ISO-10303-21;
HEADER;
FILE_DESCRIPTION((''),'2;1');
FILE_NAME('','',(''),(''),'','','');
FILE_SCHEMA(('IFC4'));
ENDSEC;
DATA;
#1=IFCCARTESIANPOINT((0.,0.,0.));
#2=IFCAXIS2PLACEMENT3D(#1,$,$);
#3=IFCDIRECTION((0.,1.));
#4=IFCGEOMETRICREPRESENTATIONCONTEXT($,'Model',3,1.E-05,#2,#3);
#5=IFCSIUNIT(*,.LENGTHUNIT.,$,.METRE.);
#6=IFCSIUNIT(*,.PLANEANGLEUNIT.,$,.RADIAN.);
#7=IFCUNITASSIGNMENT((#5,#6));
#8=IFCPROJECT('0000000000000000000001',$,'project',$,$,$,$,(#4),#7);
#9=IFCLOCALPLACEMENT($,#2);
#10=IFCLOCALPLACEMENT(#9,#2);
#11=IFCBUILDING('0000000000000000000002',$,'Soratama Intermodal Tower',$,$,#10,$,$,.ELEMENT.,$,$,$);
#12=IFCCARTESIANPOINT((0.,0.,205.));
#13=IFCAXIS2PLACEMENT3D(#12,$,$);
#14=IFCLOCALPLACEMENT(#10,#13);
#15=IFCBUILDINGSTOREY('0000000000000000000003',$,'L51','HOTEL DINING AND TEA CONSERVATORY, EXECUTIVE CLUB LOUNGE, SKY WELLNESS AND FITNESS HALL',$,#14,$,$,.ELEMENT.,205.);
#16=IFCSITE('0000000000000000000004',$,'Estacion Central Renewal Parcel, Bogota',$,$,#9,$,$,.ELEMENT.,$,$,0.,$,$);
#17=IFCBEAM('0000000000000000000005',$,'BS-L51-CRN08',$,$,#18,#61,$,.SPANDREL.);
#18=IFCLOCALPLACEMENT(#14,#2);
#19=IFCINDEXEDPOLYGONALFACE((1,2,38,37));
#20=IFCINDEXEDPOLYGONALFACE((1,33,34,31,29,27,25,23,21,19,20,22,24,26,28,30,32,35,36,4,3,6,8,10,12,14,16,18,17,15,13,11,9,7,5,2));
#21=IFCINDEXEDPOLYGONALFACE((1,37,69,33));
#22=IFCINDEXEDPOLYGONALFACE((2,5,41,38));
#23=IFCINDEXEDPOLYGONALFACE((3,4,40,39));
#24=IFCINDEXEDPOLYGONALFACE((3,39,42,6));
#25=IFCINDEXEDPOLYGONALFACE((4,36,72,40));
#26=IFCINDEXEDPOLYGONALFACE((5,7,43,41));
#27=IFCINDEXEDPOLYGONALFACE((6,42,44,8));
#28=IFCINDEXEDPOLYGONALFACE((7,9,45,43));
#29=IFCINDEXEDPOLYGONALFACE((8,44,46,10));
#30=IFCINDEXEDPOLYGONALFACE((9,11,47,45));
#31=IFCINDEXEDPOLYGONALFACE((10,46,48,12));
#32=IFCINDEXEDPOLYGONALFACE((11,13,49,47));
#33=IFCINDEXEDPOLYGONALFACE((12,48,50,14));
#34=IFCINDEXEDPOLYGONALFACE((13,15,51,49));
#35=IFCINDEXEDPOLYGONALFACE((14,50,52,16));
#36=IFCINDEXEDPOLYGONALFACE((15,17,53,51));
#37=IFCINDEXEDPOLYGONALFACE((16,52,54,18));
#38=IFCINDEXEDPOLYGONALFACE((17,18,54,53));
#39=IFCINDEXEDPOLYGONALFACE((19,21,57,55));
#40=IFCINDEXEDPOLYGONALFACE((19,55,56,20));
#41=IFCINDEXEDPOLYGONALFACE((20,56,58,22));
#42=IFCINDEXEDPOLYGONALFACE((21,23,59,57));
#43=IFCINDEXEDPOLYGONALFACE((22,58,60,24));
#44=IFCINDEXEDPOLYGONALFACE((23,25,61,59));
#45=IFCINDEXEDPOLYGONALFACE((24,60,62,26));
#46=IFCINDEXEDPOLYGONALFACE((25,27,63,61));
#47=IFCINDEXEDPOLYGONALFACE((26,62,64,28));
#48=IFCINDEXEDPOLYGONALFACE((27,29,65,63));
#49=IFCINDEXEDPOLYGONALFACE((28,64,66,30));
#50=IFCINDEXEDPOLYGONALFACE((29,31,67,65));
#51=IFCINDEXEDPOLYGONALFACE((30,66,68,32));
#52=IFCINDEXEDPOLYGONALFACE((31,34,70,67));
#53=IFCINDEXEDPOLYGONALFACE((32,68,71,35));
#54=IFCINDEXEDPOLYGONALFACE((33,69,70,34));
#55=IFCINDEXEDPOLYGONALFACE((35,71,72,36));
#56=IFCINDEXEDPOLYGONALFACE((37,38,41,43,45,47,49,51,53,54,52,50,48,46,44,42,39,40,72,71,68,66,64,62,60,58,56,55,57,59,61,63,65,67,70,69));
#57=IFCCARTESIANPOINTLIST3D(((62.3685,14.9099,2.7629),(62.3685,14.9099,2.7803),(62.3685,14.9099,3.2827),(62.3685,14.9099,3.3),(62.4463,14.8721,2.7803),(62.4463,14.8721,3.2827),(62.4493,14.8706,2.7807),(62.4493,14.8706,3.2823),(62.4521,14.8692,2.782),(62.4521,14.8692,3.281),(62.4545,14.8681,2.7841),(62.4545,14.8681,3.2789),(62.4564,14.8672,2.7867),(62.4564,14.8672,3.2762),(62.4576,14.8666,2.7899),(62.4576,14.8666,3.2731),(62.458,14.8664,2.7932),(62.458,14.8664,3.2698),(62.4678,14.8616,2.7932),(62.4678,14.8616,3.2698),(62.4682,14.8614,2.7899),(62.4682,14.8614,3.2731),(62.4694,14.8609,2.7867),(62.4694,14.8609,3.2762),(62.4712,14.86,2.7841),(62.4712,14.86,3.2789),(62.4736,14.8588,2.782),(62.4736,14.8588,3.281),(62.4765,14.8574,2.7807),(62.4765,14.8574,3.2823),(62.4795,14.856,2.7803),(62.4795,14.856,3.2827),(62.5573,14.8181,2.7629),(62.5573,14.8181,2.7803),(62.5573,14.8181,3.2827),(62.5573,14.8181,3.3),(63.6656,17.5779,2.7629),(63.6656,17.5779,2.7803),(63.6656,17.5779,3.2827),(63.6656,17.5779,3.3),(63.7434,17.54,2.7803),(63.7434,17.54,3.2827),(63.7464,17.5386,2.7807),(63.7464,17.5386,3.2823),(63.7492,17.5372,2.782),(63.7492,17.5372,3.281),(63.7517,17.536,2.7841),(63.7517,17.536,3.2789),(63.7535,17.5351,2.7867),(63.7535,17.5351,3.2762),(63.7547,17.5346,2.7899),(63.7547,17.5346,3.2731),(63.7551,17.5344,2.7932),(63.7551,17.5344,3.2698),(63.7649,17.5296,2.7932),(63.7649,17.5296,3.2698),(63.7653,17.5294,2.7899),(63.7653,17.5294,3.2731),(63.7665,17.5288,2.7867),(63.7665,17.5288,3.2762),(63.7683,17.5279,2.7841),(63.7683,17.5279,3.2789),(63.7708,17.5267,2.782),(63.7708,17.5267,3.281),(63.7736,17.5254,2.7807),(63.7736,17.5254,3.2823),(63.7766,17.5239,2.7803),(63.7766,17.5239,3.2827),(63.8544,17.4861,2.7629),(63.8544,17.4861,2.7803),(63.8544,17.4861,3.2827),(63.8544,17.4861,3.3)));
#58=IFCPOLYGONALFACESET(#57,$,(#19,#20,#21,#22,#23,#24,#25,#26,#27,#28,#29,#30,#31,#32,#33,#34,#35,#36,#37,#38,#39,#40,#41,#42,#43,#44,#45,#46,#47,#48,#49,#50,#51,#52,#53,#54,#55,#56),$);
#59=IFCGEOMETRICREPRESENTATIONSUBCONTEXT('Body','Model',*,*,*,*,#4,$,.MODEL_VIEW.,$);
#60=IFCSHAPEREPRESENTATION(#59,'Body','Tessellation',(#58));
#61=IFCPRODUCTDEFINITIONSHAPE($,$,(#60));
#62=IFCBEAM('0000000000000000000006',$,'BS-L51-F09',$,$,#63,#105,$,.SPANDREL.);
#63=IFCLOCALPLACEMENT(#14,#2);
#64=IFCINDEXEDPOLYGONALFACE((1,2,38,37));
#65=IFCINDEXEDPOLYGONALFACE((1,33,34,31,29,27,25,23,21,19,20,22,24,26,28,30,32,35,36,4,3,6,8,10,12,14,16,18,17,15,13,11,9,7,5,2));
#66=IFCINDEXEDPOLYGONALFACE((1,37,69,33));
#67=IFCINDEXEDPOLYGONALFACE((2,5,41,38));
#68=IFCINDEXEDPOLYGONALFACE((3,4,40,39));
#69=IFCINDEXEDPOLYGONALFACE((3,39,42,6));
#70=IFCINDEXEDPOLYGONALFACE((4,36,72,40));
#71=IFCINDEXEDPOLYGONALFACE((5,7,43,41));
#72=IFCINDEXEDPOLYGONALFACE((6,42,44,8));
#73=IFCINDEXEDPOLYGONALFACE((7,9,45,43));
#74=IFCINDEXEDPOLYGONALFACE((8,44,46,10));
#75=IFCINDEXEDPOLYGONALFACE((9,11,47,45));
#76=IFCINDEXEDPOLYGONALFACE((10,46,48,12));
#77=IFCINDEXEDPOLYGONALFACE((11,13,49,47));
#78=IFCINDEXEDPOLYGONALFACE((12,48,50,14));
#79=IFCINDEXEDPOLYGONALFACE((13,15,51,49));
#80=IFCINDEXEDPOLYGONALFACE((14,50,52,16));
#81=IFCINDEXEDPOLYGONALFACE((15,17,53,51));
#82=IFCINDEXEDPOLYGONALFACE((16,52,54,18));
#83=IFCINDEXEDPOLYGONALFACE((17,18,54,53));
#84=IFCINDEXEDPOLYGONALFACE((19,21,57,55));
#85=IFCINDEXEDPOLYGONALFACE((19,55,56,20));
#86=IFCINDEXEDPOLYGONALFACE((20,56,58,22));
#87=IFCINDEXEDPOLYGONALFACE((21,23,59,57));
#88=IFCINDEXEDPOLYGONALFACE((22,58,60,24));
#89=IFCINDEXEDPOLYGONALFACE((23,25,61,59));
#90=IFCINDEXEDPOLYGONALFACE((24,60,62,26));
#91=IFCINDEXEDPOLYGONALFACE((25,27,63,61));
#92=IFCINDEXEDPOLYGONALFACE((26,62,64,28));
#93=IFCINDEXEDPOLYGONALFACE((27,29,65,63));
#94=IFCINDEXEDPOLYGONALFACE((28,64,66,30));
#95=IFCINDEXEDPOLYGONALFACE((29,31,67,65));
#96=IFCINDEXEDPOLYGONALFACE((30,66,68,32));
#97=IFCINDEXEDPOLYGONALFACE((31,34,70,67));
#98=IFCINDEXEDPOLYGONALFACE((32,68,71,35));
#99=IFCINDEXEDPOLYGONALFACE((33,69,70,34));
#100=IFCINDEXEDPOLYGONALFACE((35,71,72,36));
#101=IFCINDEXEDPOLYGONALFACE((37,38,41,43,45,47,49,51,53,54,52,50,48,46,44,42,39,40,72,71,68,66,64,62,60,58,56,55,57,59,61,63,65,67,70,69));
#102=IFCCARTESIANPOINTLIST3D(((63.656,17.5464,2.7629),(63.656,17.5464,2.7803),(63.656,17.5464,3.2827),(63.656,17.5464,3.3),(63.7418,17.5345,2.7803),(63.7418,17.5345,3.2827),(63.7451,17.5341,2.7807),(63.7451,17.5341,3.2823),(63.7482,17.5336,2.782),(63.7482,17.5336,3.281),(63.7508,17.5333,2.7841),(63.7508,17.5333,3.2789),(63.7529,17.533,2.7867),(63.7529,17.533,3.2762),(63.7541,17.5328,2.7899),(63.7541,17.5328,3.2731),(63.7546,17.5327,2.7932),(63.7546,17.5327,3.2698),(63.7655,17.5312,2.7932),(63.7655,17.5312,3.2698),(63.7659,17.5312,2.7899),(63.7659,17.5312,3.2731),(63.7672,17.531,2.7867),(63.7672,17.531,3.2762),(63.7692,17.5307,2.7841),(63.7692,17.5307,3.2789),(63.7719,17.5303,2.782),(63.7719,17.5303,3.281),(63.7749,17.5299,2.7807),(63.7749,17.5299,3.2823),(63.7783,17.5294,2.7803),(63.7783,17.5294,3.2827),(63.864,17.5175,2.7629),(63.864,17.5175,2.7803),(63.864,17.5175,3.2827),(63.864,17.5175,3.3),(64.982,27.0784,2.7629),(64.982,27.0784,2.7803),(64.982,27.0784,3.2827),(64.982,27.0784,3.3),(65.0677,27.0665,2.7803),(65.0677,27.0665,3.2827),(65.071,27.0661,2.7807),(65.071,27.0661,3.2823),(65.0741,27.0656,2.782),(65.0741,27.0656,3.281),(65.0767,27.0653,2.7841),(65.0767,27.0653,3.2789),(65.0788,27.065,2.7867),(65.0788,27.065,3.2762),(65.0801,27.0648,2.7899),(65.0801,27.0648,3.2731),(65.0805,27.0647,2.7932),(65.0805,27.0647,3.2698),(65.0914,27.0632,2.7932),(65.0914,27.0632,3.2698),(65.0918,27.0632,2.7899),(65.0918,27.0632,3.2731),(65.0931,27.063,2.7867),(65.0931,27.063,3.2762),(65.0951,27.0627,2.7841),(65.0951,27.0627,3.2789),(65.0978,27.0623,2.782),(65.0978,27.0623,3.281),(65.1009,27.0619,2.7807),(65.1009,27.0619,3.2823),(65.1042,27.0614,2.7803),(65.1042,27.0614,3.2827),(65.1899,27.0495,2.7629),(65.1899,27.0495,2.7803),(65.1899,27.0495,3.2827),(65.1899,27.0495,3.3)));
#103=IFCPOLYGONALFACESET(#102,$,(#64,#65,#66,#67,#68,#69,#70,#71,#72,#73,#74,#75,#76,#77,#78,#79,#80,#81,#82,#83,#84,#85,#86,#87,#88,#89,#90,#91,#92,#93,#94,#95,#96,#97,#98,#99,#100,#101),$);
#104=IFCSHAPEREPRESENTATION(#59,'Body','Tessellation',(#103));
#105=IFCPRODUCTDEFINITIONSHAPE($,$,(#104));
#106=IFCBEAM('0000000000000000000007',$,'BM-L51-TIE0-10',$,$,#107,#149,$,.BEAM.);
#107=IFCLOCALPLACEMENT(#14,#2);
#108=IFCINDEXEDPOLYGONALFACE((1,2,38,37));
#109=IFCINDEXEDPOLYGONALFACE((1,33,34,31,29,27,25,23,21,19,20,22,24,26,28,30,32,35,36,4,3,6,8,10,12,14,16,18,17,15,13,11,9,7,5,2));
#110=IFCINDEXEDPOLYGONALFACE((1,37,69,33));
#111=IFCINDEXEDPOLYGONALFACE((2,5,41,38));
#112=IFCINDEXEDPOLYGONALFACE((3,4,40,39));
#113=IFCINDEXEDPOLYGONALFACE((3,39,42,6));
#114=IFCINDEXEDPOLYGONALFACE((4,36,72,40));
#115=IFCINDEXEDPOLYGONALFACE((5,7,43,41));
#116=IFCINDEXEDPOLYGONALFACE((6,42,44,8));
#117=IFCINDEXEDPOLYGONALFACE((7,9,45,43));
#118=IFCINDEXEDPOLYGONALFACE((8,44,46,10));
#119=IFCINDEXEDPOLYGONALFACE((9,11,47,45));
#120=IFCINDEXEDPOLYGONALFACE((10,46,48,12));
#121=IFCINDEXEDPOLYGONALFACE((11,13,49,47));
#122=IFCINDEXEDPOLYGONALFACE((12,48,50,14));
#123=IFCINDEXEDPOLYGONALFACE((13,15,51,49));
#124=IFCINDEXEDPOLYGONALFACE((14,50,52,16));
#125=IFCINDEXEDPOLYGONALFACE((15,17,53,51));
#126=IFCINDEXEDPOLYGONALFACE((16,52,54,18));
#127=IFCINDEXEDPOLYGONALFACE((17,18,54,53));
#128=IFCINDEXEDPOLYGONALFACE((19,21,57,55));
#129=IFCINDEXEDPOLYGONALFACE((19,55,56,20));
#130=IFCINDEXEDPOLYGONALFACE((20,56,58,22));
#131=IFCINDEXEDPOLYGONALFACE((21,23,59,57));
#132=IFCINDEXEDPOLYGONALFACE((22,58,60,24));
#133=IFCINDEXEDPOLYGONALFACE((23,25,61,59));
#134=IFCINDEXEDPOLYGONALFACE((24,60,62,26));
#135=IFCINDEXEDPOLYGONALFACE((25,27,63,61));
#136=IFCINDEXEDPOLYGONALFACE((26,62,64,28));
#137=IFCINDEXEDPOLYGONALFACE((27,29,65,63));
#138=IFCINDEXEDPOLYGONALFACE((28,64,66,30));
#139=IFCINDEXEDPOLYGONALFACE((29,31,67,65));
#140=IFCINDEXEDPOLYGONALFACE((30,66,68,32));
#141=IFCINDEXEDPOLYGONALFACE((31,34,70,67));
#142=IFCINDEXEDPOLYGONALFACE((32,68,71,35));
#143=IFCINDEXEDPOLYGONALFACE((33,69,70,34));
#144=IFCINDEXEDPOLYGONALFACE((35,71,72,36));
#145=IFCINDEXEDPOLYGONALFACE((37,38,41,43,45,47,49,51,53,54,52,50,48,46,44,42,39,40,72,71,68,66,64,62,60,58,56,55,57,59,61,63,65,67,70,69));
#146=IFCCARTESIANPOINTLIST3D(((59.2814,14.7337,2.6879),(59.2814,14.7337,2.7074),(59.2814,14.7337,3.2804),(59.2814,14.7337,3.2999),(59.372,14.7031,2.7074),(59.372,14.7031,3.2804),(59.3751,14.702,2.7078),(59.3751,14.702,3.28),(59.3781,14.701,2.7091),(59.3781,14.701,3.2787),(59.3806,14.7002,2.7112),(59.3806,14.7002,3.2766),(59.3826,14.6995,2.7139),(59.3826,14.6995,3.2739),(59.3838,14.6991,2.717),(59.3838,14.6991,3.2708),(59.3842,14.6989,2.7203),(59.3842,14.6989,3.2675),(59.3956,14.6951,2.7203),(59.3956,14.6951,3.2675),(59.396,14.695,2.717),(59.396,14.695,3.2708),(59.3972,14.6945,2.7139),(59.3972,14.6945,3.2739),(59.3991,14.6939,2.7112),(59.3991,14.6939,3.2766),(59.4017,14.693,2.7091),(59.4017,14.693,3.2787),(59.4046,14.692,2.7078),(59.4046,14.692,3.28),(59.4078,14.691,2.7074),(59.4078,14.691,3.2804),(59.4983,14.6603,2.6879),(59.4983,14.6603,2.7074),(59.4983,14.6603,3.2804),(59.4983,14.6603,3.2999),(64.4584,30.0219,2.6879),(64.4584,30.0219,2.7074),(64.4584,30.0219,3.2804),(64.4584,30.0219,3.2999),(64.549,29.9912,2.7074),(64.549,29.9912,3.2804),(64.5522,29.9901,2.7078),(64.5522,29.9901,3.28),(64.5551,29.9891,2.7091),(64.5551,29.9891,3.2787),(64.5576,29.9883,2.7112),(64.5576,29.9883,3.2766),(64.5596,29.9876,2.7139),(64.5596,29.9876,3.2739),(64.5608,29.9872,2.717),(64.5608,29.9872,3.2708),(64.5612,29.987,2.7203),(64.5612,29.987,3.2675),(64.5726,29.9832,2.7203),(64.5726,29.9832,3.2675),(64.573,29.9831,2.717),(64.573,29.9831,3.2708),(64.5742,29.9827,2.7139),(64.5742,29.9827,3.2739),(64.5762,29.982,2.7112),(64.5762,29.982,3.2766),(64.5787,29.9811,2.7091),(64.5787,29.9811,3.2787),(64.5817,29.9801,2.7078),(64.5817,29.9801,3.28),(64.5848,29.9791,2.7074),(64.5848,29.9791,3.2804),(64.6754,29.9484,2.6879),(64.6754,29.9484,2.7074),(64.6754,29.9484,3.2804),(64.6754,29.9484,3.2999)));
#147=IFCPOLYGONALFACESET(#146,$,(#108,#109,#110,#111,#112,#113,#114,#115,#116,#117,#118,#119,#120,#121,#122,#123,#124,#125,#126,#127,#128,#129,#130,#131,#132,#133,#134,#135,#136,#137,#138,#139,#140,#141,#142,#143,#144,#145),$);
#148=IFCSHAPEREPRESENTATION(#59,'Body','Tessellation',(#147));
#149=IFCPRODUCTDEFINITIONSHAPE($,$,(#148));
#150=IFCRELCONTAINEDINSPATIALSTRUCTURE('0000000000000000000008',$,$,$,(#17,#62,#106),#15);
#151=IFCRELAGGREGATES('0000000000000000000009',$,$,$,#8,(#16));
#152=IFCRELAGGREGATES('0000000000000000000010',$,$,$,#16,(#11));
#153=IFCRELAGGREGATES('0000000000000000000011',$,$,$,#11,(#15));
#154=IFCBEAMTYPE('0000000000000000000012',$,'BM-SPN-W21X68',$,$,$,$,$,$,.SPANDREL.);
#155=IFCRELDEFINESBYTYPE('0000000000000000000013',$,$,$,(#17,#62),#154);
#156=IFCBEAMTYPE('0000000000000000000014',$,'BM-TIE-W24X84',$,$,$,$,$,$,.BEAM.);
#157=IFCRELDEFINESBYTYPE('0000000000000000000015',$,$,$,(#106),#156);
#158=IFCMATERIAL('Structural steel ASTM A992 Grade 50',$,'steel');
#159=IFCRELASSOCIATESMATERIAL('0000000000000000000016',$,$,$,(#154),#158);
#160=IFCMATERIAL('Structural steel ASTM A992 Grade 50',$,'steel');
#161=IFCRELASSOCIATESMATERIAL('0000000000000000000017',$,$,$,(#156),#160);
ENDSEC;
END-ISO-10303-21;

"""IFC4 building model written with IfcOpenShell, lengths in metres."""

from ifc_helpers import new_model, si_unit, direction, frame, origin, origin_2d, place, context, subcontext, project, spatial, i_section, extrude, material, material_profile, profile_set, type_object, element, save


model = new_model("IFC4")

# Units and contexts
model_context = context("Model", 3, precision=1e-05, world=origin(), true_north=direction((0.0, 1.0)))
body_context = subcontext(model_context, "Body", "Model", "MODEL_VIEW")
ifc_project = project(units=[si_unit("LENGTHUNIT", "METRE"), si_unit("PLANEANGLEUNIT", "RADIAN")], contexts=[model_context])

# Site, building, storey
site_placement = place(None, origin())
site = spatial("IfcSite", under=ifc_project, at=site_placement, Name="Estacion Central Renewal Parcel, Bogota", CompositionType="ELEMENT", RefElevation=0.0)
building_placement = place(site_placement, origin())
building = spatial("IfcBuilding", under=site, at=building_placement, Name="Soratama Intermodal Tower", CompositionType="ELEMENT")
storey_placement = place(building_placement, frame((0.0, 0.0, 205.0)))
storey = spatial("IfcBuildingStorey", under=building, at=storey_placement, Name="L51", Description="HOTEL DINING AND TEA CONSERVATORY, EXECUTIVE CLUB LOUNGE, SKY WELLNESS AND FITNESS HALL", CompositionType="ELEMENT", Elevation=205.0)

# Beams
ifc_material_1 = material(Name="Structural steel ASTM A992 Grade 50", Category="steel")
ifc_material_profile_1 = material_profile(ifc_material_1, i_section(OverallWidth=0.21, OverallDepth=0.5371, WebThickness=0.011, FlangeThickness=0.0173, FilletRadius=0.0129, at=origin_2d()), Name="W21X68")
ifc_profile_set_1 = profile_set([ifc_material_profile_1], Name="Structural steel ASTM A992 Grade 50")
beam_type_1 = type_object("IfcBeamType", Name="BM-SPN-W21X68", PredefinedType="SPANDREL", material=ifc_profile_set_1)
beam_1_placement = place(storey_placement, frame((62.4629, 14.864, 3.0315), z_axis=(0.437244, 0.899343, 0.0), x_axis=(-0.899343, 0.437244, 0.0)))
element("IfcBeam", 1, at=beam_1_placement, inside=storey, type_object=beam_type_1, Name="BS-L51-CRN08", PredefinedType="SPANDREL", context=body_context, shape_type="SweptSolid", body=[
    extrude(i_section(OverallWidth=0.21, OverallDepth=0.5371, WebThickness=0.011, FlangeThickness=0.0173, FilletRadius=0.0129, at=origin_2d()), origin(), (0.0, 0.0, 1.0), 2.9666),
])
beam_2_placement = place(storey_placement, frame((63.76, 17.532, 3.0315), z_axis=(0.137776, 0.990463, 0.0), x_axis=(-0.990463, 0.137776, 0.0)))
element("IfcBeam", 2, at=beam_2_placement, inside=storey, type_object=beam_type_1, Name="BS-L51-F09", PredefinedType="SPANDREL", context=body_context, shape_type="SweptSolid", body=[
    extrude(i_section(OverallWidth=0.21, OverallDepth=0.5371, WebThickness=0.011, FlangeThickness=0.0173, FilletRadius=0.0129, at=origin_2d()), origin(), (0.0, 0.0, 1.0), 9.6238),
])
ifc_material_2 = material(Name="Structural steel ASTM A992 Grade 50", Category="steel")
ifc_material_profile_2 = material_profile(ifc_material_2, i_section(OverallWidth=0.229, OverallDepth=0.6121, WebThickness=0.012, FlangeThickness=0.0195, FilletRadius=0.0129, at=origin_2d()), Name="W24X84")
ifc_profile_set_2 = profile_set([ifc_material_profile_2], Name="Structural steel ASTM A992 Grade 50")
beam_type_2 = type_object("IfcBeamType", Name="BM-TIE-W24X84", PredefinedType="BEAM", material=ifc_profile_set_2)
beam_3_placement = place(storey_placement, frame((59.3899, 14.697, 2.9939), z_axis=(0.320739, 0.947168, 0.0), x_axis=(-0.947168, 0.320739, 0.0)))
element("IfcBeam", 3, at=beam_3_placement, inside=storey, type_object=beam_type_2, Name="BM-L51-TIE0-10", PredefinedType="BEAM", context=body_context, shape_type="SweptSolid", body=[
    extrude(i_section(OverallWidth=0.229, OverallDepth=0.6121, WebThickness=0.012, FlangeThickness=0.0195, FilletRadius=0.0129, at=origin_2d()), origin(), (0.0, 0.0, 1.0), 16.1409),
])

save(model, "model.ifc")
